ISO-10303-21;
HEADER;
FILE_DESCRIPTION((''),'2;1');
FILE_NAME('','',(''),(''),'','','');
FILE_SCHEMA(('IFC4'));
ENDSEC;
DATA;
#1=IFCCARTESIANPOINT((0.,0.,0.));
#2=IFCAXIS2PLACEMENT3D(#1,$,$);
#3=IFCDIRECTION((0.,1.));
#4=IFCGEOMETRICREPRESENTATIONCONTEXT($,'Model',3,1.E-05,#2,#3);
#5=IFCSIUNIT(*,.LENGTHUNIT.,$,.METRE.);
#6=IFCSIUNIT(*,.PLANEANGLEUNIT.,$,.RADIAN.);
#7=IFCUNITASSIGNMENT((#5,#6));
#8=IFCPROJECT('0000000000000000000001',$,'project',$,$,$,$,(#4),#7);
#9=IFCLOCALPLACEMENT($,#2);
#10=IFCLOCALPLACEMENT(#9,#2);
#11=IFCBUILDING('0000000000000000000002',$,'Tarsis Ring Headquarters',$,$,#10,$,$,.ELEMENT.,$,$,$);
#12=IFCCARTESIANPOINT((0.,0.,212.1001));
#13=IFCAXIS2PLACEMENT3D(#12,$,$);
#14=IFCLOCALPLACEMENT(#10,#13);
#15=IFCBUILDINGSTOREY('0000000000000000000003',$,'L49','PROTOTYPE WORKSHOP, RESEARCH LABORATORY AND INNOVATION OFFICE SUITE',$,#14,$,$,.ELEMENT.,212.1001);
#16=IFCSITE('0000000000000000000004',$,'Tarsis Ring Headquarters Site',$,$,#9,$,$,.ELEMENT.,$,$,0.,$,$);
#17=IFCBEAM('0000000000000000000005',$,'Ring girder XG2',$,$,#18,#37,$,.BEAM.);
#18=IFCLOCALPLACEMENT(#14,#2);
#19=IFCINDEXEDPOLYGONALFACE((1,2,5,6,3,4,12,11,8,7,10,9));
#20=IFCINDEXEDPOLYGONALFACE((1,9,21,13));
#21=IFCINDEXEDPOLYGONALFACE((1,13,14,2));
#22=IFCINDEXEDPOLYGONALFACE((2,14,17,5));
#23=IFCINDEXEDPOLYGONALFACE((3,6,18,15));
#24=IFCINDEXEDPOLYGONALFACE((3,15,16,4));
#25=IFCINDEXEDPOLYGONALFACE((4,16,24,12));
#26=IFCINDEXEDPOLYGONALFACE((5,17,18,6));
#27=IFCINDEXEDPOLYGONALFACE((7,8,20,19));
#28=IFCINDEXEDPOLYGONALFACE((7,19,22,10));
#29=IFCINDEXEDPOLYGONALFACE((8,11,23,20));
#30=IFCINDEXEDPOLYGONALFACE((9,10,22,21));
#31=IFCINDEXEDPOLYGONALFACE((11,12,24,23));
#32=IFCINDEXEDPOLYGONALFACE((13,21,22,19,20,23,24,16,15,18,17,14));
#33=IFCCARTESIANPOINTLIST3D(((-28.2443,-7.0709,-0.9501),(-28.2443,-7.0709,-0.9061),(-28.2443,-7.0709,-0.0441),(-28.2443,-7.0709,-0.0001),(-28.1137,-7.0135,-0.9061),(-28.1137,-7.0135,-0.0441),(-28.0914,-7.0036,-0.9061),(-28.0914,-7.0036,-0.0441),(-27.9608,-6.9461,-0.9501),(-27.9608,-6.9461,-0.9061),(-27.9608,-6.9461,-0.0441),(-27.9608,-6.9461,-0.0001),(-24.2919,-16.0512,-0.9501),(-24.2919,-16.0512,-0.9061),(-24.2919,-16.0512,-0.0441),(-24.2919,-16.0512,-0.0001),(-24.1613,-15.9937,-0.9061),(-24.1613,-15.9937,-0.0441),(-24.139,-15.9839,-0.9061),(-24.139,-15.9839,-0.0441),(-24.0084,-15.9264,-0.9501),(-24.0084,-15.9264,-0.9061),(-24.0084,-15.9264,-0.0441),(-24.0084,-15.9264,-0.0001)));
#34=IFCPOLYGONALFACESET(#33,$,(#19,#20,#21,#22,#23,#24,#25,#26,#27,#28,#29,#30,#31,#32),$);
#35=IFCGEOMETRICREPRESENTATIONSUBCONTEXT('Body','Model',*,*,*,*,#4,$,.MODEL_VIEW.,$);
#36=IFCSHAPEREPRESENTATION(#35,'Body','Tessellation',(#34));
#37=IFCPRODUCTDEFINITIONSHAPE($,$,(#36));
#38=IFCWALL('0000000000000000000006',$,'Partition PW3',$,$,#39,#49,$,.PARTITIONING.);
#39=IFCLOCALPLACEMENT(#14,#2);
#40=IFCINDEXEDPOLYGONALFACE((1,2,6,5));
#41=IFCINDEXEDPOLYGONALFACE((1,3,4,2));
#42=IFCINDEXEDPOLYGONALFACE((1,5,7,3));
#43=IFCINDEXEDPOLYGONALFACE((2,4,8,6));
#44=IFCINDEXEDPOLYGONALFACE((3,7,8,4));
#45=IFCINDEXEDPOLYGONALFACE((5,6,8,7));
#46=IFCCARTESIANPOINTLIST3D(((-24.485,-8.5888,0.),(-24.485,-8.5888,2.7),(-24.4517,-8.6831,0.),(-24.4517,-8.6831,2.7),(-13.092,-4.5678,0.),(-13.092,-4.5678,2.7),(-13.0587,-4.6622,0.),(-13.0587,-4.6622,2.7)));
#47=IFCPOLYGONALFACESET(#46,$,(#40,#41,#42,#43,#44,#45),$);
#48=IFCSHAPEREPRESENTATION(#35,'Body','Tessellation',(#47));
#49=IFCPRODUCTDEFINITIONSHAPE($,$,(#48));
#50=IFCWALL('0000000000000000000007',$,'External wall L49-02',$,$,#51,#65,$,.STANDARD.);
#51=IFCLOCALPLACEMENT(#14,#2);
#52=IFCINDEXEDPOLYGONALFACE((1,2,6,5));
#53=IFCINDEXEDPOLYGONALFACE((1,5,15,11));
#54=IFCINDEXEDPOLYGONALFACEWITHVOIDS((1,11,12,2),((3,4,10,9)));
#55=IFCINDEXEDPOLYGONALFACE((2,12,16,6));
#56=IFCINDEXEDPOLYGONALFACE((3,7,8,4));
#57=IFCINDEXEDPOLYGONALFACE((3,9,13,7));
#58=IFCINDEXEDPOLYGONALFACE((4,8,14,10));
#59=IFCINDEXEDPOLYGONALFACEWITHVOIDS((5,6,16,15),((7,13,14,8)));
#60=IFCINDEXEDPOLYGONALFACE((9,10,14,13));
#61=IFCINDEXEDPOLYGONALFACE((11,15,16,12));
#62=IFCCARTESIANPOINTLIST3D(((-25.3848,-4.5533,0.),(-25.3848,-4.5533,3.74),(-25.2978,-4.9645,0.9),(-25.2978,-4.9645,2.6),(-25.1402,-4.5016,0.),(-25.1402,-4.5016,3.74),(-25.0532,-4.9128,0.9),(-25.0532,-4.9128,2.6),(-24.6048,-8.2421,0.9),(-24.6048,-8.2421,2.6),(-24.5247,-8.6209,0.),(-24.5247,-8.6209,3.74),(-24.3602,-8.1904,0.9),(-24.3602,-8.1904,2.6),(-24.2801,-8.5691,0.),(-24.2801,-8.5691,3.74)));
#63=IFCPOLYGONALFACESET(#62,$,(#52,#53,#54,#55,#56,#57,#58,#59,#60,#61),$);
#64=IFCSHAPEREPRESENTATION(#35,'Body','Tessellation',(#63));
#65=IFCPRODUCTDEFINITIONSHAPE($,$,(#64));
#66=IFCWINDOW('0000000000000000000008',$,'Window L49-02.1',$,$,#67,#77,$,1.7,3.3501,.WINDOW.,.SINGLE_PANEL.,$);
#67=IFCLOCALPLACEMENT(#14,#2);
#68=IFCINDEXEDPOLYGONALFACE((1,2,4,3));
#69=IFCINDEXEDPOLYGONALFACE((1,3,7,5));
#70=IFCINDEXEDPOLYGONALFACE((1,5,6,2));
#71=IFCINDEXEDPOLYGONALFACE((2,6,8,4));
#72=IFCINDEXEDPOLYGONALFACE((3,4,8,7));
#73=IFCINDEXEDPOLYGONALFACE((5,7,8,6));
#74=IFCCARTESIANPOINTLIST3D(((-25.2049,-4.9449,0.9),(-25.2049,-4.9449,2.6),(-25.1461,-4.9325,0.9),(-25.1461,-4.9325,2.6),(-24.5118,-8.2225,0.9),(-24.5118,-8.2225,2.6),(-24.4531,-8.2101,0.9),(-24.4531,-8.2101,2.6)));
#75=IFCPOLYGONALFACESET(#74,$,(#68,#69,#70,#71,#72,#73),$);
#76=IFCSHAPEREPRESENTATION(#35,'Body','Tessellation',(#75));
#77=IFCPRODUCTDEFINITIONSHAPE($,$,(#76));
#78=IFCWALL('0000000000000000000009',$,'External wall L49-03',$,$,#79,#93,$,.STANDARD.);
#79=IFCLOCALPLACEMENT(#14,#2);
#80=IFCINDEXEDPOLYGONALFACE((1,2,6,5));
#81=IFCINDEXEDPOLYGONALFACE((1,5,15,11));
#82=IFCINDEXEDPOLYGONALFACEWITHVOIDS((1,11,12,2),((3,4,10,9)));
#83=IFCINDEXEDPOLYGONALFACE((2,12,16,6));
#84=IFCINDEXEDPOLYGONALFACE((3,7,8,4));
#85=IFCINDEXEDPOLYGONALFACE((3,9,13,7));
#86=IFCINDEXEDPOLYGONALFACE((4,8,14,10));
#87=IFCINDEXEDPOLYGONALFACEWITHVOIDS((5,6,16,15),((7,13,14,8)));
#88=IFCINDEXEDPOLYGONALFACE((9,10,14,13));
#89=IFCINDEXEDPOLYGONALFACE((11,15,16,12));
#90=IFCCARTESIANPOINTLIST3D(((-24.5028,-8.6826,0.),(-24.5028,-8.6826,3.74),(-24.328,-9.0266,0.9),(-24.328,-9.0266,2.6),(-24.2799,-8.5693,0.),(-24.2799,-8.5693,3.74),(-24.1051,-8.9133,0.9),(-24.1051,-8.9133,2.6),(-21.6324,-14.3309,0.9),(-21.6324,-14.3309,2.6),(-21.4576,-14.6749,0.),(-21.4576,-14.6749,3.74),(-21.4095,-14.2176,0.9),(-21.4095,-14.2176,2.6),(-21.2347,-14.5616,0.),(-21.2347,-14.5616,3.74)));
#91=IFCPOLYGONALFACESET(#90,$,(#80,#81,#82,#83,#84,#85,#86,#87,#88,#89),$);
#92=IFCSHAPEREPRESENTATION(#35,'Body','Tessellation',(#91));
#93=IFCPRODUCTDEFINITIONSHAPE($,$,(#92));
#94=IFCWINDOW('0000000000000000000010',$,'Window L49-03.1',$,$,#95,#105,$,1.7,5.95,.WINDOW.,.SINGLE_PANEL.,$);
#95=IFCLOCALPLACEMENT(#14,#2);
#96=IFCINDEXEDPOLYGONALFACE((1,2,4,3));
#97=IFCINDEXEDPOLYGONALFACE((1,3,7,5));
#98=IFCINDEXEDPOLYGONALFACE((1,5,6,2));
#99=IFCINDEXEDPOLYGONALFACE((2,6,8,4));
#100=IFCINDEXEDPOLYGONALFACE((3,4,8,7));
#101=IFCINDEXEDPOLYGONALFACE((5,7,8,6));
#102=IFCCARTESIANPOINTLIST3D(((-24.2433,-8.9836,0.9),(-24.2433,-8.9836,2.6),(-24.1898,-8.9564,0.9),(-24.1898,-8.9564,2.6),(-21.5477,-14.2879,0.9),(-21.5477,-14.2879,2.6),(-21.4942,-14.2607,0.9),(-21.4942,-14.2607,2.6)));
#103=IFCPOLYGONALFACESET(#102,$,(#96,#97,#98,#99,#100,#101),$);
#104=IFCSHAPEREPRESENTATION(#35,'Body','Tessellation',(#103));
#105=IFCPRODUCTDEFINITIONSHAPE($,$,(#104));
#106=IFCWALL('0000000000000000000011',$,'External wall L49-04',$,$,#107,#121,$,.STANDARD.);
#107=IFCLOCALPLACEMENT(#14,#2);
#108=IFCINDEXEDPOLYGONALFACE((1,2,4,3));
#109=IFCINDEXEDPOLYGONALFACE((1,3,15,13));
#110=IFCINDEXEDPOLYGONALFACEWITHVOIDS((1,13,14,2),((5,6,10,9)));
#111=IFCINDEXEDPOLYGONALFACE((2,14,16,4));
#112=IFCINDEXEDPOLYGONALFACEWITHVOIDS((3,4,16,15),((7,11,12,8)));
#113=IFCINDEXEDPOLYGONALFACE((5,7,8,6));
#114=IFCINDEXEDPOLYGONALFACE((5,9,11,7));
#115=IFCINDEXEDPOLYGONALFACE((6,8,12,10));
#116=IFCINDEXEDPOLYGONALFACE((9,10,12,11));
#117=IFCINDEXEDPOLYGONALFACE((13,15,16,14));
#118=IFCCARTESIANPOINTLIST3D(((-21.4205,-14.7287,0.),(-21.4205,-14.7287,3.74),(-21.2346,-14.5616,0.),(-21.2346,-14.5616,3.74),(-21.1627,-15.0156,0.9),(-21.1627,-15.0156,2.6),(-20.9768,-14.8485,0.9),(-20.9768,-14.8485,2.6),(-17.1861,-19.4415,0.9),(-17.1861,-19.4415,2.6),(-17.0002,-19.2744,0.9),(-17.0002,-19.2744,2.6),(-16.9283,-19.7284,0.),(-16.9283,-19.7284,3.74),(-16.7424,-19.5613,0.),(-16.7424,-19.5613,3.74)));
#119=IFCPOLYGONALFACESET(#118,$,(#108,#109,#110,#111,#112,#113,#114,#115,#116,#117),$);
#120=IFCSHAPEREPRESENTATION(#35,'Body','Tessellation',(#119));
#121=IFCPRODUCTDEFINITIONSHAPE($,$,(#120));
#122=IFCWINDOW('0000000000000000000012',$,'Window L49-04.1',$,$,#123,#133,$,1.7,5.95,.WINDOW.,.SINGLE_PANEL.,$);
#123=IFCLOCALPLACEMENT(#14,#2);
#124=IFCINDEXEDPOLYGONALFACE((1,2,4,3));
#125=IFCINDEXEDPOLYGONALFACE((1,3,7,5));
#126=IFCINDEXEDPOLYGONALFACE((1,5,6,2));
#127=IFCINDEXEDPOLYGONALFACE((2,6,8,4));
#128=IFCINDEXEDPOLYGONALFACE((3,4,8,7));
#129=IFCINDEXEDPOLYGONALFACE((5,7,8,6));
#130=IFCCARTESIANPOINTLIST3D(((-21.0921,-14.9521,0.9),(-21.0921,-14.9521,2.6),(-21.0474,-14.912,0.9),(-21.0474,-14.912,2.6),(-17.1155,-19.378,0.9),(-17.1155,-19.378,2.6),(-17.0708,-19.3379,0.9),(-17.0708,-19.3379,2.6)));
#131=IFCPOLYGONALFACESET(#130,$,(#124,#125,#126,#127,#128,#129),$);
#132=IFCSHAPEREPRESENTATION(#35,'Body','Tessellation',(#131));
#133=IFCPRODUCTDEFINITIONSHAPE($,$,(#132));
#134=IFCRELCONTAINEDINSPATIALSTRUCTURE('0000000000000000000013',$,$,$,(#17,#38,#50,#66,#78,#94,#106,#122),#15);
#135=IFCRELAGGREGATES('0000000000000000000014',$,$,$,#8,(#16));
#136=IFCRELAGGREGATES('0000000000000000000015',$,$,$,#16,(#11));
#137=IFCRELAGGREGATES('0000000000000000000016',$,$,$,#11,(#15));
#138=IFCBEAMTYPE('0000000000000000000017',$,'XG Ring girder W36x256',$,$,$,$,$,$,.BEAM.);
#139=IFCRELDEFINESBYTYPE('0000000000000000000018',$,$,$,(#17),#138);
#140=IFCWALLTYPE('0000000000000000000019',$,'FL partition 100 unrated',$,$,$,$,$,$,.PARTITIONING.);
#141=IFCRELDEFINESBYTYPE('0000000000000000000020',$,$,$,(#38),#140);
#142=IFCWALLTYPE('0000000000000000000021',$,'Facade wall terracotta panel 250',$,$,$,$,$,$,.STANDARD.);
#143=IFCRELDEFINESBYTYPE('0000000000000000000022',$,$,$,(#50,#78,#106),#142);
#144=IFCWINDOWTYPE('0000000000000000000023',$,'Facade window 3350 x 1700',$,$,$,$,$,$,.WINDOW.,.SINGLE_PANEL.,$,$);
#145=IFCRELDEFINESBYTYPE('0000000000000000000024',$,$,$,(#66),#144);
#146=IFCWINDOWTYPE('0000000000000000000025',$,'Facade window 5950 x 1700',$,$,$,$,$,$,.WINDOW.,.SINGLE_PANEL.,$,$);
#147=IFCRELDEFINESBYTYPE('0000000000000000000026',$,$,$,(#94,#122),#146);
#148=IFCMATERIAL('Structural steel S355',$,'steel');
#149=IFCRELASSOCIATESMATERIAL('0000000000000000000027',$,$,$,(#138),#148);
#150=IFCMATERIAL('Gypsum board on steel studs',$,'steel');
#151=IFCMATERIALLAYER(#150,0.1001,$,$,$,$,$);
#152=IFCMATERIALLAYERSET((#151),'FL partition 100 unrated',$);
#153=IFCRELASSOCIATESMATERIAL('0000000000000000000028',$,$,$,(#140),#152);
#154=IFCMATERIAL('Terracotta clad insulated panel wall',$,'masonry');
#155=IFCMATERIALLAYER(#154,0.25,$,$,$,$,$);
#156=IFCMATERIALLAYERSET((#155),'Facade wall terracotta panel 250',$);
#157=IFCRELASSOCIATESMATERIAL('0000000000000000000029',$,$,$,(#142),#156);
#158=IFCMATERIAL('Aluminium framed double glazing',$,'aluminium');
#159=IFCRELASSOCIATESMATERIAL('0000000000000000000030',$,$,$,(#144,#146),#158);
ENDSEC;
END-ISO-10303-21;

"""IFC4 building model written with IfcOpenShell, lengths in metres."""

from ifc_helpers import new_model, si_unit, direction, frame, frame_2d, origin, origin_2d, place, context, subcontext, project, spatial, rectangle, i_section, extrude, material, layer, layer_set, material_profile, profile_set, type_object, element, fill, save


model = new_model("IFC4")

# Units and contexts
model_context = context("Model", 3, precision=1e-05, world=origin(), true_north=direction((0.0, 1.0)))
body_context = subcontext(model_context, "Body", "Model", "MODEL_VIEW")
ifc_project = project(units=[si_unit("LENGTHUNIT", "METRE"), si_unit("PLANEANGLEUNIT", "RADIAN")], contexts=[model_context])

# Site, building, storey
site_placement = place(None, origin())
site = spatial("IfcSite", under=ifc_project, at=site_placement, Name="Tarsis Ring Headquarters Site", CompositionType="ELEMENT", RefElevation=0.0)
building_placement = place(site_placement, origin())
building = spatial("IfcBuilding", under=site, at=building_placement, Name="Tarsis Ring Headquarters", CompositionType="ELEMENT")
storey_placement = place(building_placement, frame((0.0, 0.0, 212.1001)))
storey = spatial("IfcBuildingStorey", under=building, at=storey_placement, Name="L49", Description="PROTOTYPE WORKSHOP, RESEARCH LABORATORY AND INNOVATION OFFICE SUITE", CompositionType="ELEMENT", Elevation=212.1001)

# Shared definitions
ifc_material_1 = material(Name="Structural steel S355", Category="steel")

# Beam
ifc_material_profile_1 = material_profile(ifc_material_1, i_section(OverallWidth=0.3098, OverallDepth=0.95, WebThickness=0.0244, FlangeThickness=0.0439, at=origin_2d()), Name="W36x256")
ifc_profile_set_1 = profile_set([ifc_material_profile_1], Name="Structural steel S355")
beam_type_1 = type_object("IfcBeamType", Name="XG Ring girder W36x256", PredefinedType="BEAM", material=ifc_profile_set_1)
beam_1_placement = place(storey_placement, frame((-28.1025, -7.0085, -0.4751), z_axis=(0.402832, -0.915274, 0.0), x_axis=(0.915274, 0.402832, 0.0)))
element("IfcBeam", 1, at=beam_1_placement, inside=storey, type_object=beam_type_1, Name="Ring girder XG2", PredefinedType="BEAM", context=body_context, shape_type="SweptSolid", body=[
    extrude(i_section(OverallWidth=0.3098, OverallDepth=0.95, WebThickness=0.0244, FlangeThickness=0.0439, at=origin_2d()), origin(), (0.0, 0.0, 1.0), 9.8115),
])

# Wall
ifc_material_2 = material(Name="Gypsum board on steel studs", Category="steel")
ifc_layer_1 = layer(ifc_material_2, 0.1001)
ifc_layer_set_1 = layer_set([ifc_layer_1], Name="FL partition 100 unrated")
wall_type_1 = type_object("IfcWallType", Name="FL partition 100 unrated", PredefinedType="PARTITIONING", material=ifc_layer_set_1)
wall_1_placement = place(storey_placement, frame((-24.4685, -8.636, 0.0), z_axis=(0.0, 0.0, 1.0), x_axis=(0.942993, 0.332814, 0.0)))
element("IfcWall", 2, at=wall_1_placement, inside=storey, type_object=wall_type_1, Name="Partition PW3", PredefinedType="PARTITIONING", context=body_context, shape_type="SweptSolid", body=[
    extrude(rectangle(XDim=12.0818, YDim=0.1001, at=frame_2d((6.041, 0.0))), origin(), (0.0, 0.0, 1.0), 2.7),
])

# Walls, openings, windows
ifc_material_3 = material(Name="Terracotta clad insulated panel wall", Category="masonry")
ifc_layer_2 = layer(ifc_material_3, 0.25)
ifc_layer_set_2 = layer_set([ifc_layer_2], Name="Facade wall terracotta panel 250")
wall_type_2 = type_object("IfcWallType", Name="Facade wall terracotta panel 250", PredefinedType="STANDARD", material=ifc_layer_set_2)
wall_2_placement = place(storey_placement, frame((-25.2625, -4.5276, 0.0), z_axis=(0.0, 0.0, 1.0), x_axis=(0.206878, -0.978367, 0.0)))
wall_2 = element("IfcWall", 3, at=wall_2_placement, inside=storey, type_object=wall_type_2, Name="External wall L49-02", PredefinedType="STANDARD", context=body_context, shape_type="SweptSolid", body=[
    extrude(rectangle(XDim=4.1575, YDim=0.25, at=frame_2d((2.0786, 0.0))), origin(), (0.0, 0.0, 1.0), 3.74),
])
opening_1_placement = place(wall_2_placement, frame((0.4202, 0.0, 0.8999)))
opening_1 = element("IfcOpeningElement", 4, at=opening_1_placement, cuts=wall_2, PredefinedType="OPENING", context=body_context, shape_type="SweptSolid", body=[
    extrude(rectangle(XDim=3.3501, YDim=1.7, at=frame_2d((1.675, 0.8501))), frame((0.0, 0.135, 0.0), z_axis=(0.0, -1.0, 0.0), x_axis=(1.0, 0.0, 0.0)), (0.0, 0.0, 1.0), 0.27),
])
ifc_material_4 = material(Name="Aluminium framed double glazing", Category="aluminium")
window_type_1 = type_object("IfcWindowType", Name="Facade window 3350 x 1700", PartitioningType="SINGLE_PANEL", PredefinedType="WINDOW", material=ifc_material_4)
window_1_placement = place(opening_1_placement, origin())
window_1 = element("IfcWindow", 5, at=window_1_placement, inside=storey, type_object=window_type_1, Name="Window L49-02.1", OverallHeight=1.7, OverallWidth=3.3501, PartitioningType="SINGLE_PANEL", PredefinedType="WINDOW", context=body_context, shape_type="SweptSolid", body=[
    extrude(rectangle(XDim=3.3501, YDim=1.7, at=frame_2d((1.675, 0.8501))), frame((0.0, 0.03, 0.0), z_axis=(0.0, -1.0, 0.0), x_axis=(1.0, 0.0, 0.0)), (0.0, 0.0, 1.0), 0.0601),
])
fill(opening_1, window_1)
wall_3_placement = place(storey_placement, frame((-24.3914, -8.626, 0.0), z_axis=(0.0, 0.0, 1.0), x_axis=(0.453045, -0.891488, 0.0)))
wall_3 = element("IfcWall", 6, at=wall_3_placement, inside=storey, type_object=wall_type_2, Name="External wall L49-03", PredefinedType="STANDARD", context=body_context, shape_type="SweptSolid", body=[
    extrude(rectangle(XDim=6.7217, YDim=0.25, at=frame_2d((3.3608, 0.0))), origin(), (0.0, 0.0, 1.0), 3.74),
])
opening_2_placement = place(wall_3_placement, frame((0.3857, 0.0, 0.8999)))
opening_2 = element("IfcOpeningElement", 7, at=opening_2_placement, cuts=wall_3, PredefinedType="OPENING", context=body_context, shape_type="SweptSolid", body=[
    extrude(rectangle(XDim=5.95, YDim=1.7, at=frame_2d((2.9751, 0.8501))), frame((0.0, 0.135, 0.0), z_axis=(0.0, -1.0, 0.0), x_axis=(1.0, 0.0, 0.0)), (0.0, 0.0, 1.0), 0.27),
])
window_type_2 = type_object("IfcWindowType", Name="Facade window 5950 x 1700", PartitioningType="SINGLE_PANEL", PredefinedType="WINDOW", material=ifc_material_4)
window_2_placement = place(opening_2_placement, origin())
window_2 = element("IfcWindow", 8, at=window_2_placement, inside=storey, type_object=window_type_2, Name="Window L49-03.1", OverallHeight=1.7, OverallWidth=5.95, PartitioningType="SINGLE_PANEL", PredefinedType="WINDOW", context=body_context, shape_type="SweptSolid", body=[
    extrude(rectangle(XDim=5.95, YDim=1.7, at=frame_2d((2.9751, 0.8501))), frame((0.0, 0.03, 0.0), z_axis=(0.0, -1.0, 0.0), x_axis=(1.0, 0.0, 0.0)), (0.0, 0.0, 1.0), 0.0601),
])
fill(opening_2, window_2)
wall_4_placement = place(storey_placement, frame((-21.3276, -14.645, 0.0), z_axis=(0.0, 0.0, 1.0), x_axis=(0.66834, -0.743856, 0.0)))
wall_4 = element("IfcWall", 9, at=wall_4_placement, inside=storey, type_object=wall_type_2, Name="External wall L49-04", PredefinedType="STANDARD", context=body_context, shape_type="SweptSolid", body=[
    extrude(rectangle(XDim=6.7214, YDim=0.25, at=frame_2d((3.3608, 0.0))), origin(), (0.0, 0.0, 1.0), 3.74),
])
opening_3_placement = place(wall_4_placement, frame((0.3857, 0.0, 0.8999)))
opening_3 = element("IfcOpeningElement", 10, at=opening_3_placement, cuts=wall_4, PredefinedType="OPENING", context=body_context, shape_type="SweptSolid", body=[
    extrude(rectangle(XDim=5.95, YDim=1.7, at=frame_2d((2.9751, 0.8501))), frame((0.0, 0.135, 0.0), z_axis=(0.0, -1.0, 0.0), x_axis=(1.0, 0.0, 0.0)), (0.0, 0.0, 1.0), 0.27),
])
window_3_placement = place(opening_3_placement, origin())
window_3 = element("IfcWindow", 11, at=window_3_placement, inside=storey, type_object=window_type_2, Name="Window L49-04.1", OverallHeight=1.7, OverallWidth=5.95, PartitioningType="SINGLE_PANEL", PredefinedType="WINDOW", context=body_context, shape_type="SweptSolid", body=[
    extrude(rectangle(XDim=5.95, YDim=1.7, at=frame_2d((2.9751, 0.8501))), frame((0.0, 0.03, 0.0), z_axis=(0.0, -1.0, 0.0), x_axis=(1.0, 0.0, 0.0)), (0.0, 0.0, 1.0), 0.0601),
])
fill(opening_3, window_3)

save(model, "model.ifc")
